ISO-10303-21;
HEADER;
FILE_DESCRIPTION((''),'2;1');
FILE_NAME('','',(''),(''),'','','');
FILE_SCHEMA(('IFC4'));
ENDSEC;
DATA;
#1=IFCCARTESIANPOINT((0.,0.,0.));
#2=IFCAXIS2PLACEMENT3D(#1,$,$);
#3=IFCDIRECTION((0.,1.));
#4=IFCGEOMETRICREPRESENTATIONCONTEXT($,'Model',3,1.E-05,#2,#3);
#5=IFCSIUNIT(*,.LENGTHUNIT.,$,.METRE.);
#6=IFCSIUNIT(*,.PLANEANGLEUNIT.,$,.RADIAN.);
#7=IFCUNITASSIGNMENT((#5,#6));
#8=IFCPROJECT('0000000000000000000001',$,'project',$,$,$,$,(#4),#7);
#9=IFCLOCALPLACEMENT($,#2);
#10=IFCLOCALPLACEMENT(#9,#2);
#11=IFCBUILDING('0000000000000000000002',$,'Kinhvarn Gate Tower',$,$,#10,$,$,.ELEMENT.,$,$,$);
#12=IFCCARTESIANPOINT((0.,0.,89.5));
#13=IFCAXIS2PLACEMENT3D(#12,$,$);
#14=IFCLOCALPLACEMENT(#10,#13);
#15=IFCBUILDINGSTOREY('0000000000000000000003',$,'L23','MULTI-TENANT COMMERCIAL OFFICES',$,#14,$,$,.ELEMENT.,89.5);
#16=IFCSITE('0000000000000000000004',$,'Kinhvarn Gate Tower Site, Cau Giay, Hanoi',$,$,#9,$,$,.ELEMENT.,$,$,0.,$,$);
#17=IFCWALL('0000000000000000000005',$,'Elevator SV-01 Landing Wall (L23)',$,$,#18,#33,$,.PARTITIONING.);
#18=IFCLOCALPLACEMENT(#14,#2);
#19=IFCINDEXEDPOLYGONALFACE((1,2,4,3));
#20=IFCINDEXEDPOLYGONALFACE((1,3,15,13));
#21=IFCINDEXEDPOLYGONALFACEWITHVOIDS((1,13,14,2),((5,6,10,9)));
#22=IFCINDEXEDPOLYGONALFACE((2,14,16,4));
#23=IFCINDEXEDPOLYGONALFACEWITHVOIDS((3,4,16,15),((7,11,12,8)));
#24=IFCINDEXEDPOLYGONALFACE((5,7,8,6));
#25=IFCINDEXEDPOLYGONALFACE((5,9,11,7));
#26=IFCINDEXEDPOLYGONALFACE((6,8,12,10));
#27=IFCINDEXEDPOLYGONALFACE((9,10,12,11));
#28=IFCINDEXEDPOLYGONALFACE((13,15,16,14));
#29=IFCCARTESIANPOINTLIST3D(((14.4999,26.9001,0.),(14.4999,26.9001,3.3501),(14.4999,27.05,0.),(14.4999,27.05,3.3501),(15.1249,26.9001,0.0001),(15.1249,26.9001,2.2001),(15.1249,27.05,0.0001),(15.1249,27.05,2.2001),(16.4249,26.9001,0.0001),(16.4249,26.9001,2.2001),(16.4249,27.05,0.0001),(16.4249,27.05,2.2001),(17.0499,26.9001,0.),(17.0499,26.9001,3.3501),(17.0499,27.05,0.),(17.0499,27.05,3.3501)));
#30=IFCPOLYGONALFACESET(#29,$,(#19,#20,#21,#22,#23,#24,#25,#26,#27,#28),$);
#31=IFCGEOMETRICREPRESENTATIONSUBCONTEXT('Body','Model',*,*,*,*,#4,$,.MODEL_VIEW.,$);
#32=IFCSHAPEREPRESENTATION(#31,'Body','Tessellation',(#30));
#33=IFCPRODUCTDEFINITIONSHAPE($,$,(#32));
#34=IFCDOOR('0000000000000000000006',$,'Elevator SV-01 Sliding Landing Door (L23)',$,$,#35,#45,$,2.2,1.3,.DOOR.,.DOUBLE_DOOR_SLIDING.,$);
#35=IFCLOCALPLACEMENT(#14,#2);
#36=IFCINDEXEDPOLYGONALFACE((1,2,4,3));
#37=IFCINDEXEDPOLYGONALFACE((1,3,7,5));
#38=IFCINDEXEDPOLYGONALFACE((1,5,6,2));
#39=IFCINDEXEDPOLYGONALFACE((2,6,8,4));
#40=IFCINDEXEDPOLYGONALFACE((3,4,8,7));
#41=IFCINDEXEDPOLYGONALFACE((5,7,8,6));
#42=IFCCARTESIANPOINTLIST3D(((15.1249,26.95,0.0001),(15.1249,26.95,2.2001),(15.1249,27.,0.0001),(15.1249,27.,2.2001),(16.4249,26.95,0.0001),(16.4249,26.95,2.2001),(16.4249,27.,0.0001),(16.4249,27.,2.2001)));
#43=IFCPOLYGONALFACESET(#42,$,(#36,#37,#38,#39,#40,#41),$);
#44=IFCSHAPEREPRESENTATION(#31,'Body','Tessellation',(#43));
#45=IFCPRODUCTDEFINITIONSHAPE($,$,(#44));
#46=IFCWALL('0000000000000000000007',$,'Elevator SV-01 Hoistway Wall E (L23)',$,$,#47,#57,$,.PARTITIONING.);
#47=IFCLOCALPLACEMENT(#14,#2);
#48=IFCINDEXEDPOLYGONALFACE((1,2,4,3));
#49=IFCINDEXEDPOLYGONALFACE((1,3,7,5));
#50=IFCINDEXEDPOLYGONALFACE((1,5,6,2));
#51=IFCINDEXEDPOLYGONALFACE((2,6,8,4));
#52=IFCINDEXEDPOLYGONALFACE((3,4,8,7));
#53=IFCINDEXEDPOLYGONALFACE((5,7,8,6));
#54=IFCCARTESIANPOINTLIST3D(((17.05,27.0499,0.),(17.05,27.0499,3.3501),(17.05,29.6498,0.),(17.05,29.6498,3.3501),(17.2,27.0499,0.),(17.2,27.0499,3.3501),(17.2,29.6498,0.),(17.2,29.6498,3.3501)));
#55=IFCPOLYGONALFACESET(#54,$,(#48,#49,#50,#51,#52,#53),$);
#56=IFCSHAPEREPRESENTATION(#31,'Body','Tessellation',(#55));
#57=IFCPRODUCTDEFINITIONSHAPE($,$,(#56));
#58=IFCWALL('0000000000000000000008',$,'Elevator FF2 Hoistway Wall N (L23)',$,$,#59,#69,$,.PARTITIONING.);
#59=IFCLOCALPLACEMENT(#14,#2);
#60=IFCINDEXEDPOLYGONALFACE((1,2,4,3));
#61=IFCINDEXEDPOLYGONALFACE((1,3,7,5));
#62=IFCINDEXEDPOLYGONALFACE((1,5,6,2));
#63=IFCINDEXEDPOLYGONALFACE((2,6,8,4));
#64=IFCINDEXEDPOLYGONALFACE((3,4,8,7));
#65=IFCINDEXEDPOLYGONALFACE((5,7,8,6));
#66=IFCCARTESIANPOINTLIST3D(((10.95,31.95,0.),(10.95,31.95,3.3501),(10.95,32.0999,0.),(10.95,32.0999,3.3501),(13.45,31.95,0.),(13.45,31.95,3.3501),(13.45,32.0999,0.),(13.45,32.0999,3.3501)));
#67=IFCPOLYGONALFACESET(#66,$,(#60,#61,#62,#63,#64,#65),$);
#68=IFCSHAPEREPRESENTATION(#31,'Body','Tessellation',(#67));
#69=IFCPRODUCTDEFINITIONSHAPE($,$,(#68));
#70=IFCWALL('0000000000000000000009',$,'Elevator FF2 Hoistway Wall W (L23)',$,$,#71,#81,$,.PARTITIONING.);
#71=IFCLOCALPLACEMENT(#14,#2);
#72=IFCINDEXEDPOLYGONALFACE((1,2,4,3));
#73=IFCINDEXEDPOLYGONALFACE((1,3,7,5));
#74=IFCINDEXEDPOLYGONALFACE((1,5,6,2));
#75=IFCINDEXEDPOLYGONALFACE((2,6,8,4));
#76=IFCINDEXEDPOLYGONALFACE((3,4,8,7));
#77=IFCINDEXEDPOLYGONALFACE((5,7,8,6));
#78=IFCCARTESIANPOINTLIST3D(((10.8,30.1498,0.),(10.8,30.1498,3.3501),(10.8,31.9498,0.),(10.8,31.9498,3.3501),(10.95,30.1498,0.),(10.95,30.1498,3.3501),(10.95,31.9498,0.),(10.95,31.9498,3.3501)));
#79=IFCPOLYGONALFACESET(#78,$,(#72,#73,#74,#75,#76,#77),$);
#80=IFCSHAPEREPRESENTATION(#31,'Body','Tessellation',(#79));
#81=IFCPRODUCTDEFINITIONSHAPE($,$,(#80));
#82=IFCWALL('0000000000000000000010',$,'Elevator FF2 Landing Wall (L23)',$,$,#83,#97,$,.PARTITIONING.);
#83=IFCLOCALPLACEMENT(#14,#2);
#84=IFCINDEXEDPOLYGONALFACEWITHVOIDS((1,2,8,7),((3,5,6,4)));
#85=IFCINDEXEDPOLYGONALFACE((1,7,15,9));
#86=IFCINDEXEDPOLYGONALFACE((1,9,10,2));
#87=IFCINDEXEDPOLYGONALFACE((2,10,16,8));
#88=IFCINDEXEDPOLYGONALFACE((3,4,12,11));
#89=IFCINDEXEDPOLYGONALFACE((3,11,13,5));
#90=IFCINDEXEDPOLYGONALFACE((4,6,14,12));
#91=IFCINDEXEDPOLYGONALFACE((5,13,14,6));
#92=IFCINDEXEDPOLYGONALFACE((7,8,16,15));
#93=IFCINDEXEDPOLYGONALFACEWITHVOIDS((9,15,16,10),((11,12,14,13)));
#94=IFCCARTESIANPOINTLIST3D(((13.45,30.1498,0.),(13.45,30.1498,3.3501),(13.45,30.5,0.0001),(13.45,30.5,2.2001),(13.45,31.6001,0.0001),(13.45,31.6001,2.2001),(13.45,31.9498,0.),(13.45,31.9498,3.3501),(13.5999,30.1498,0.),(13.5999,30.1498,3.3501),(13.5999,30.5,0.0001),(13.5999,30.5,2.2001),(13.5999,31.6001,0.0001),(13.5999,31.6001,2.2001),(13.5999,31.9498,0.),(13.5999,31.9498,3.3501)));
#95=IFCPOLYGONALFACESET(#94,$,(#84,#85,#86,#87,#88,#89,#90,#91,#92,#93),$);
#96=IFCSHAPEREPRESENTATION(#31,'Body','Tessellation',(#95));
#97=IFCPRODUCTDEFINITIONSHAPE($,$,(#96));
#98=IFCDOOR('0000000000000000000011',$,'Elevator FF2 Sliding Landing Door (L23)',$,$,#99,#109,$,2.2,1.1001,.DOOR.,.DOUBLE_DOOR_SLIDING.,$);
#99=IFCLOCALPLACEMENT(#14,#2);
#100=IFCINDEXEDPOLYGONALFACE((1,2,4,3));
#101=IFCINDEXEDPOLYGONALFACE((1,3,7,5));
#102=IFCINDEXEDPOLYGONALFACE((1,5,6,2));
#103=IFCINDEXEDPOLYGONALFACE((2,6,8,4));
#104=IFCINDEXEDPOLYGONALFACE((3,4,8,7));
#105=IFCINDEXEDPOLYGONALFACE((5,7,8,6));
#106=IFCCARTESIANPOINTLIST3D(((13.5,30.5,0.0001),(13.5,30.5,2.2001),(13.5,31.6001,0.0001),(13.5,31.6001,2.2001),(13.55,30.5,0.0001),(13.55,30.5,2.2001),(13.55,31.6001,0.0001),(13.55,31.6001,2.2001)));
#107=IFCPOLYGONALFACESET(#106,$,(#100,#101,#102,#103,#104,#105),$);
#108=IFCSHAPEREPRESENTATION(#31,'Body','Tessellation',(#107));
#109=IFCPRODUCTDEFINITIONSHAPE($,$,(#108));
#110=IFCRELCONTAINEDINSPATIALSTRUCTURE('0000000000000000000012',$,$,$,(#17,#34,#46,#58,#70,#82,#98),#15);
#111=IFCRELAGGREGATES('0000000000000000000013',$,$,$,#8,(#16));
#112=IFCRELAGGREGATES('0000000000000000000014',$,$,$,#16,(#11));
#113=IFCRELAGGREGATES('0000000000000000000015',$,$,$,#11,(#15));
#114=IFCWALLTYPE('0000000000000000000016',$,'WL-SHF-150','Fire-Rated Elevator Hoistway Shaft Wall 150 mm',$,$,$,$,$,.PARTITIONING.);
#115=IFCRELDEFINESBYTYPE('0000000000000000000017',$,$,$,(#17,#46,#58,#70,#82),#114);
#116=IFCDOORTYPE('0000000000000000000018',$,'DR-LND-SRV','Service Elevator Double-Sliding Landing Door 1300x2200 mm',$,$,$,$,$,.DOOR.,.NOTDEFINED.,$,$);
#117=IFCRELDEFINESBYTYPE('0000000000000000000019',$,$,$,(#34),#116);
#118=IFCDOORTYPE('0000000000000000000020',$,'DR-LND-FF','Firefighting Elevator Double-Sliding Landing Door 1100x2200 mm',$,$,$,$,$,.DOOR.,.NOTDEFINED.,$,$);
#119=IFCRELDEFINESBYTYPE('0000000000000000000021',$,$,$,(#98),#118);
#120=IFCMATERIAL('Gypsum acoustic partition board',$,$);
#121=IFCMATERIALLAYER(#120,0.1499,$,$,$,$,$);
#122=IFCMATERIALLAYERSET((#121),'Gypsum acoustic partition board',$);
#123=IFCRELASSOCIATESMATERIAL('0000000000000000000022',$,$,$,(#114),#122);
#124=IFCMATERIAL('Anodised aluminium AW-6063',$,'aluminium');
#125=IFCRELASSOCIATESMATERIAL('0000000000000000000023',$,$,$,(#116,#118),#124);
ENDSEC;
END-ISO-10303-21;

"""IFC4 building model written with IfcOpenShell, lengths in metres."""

from ifc_helpers import new_model, si_unit, direction, frame, frame_2d, origin, place, context, subcontext, project, spatial, rectangle, extrude, material, layer, layer_set, type_object, element, fill, save


model = new_model("IFC4")

# Units and contexts
model_context = context("Model", 3, precision=1e-05, world=origin(), true_north=direction((0.0, 1.0)))
body_context = subcontext(model_context, "Body", "Model", "MODEL_VIEW")
ifc_project = project(units=[si_unit("LENGTHUNIT", "METRE"), si_unit("PLANEANGLEUNIT", "RADIAN")], contexts=[model_context])

# Site, building, storey
site_placement = place(None, origin())
site = spatial("IfcSite", under=ifc_project, at=site_placement, Name="Kinhvarn Gate Tower Site, Cau Giay, Hanoi", CompositionType="ELEMENT", RefElevation=0.0)
building_placement = place(site_placement, origin())
building = spatial("IfcBuilding", under=site, at=building_placement, Name="Kinhvarn Gate Tower", CompositionType="ELEMENT")
storey_placement = place(building_placement, frame((0.0, 0.0, 89.5)))
storey = spatial("IfcBuildingStorey", under=building, at=storey_placement, Name="L23", Description="MULTI-TENANT COMMERCIAL OFFICES", CompositionType="ELEMENT", Elevation=89.5)

# Shared definitions
ifc_material_1 = material(Name="Gypsum acoustic partition board")

# Shared definitions
ifc_material_2 = material(Name="Anodised aluminium AW-6063", Category="aluminium")

# Shared definitions
ifc_layer_1 = layer(ifc_material_1, 0.1499)
ifc_layer_set_1 = layer_set([ifc_layer_1], Name="Gypsum acoustic partition board")
wall_type_1 = type_object("IfcWallType", Name="WL-SHF-150", Description="Fire-Rated Elevator Hoistway Shaft Wall 150 mm", PredefinedType="PARTITIONING", material=ifc_layer_set_1)

# Wall, opening, door
wall_1_placement = place(storey_placement, frame((14.5, 26.9751, 0.0), z_axis=(0.0, 0.0, 1.0), x_axis=(1.0, 0.0, 0.0)))
wall_1 = element("IfcWall", 1, at=wall_1_placement, inside=storey, type_object=wall_type_1, Name="Elevator SV-01 Landing Wall (L23)", PredefinedType="PARTITIONING", context=body_context, shape_type="SweptSolid", body=[
    extrude(rectangle(XDim=2.55, YDim=0.1499, at=frame_2d((1.2749, 0.0))), origin(), (0.0, 0.0, 1.0), 3.3501),
])
opening_1_placement = place(wall_1_placement, frame((0.625, 0.0, 0.0)))
opening_1 = element("IfcOpeningElement", 2, at=opening_1_placement, cuts=wall_1, PredefinedType="OPENING", context=body_context, shape_type="SweptSolid", body=[
    extrude(rectangle(XDim=1.3, YDim=2.2, at=frame_2d((0.6499, 1.1001))), frame((0.0, 0.085, 0.0), z_axis=(0.0, -1.0, 0.0), x_axis=(1.0, 0.0, 0.0)), (0.0, 0.0, 1.0), 0.1699),
])
door_type_1 = type_object("IfcDoorType", Name="DR-LND-SRV", Description="Service Elevator Double-Sliding Landing Door 1300x2200 mm", OperationType="NOTDEFINED", PredefinedType="DOOR", material=ifc_material_2)
door_1_placement = place(opening_1_placement, origin())
door_1 = element("IfcDoor", 3, at=door_1_placement, inside=storey, type_object=door_type_1, Name="Elevator SV-01 Sliding Landing Door (L23)", OperationType="DOUBLE_DOOR_SLIDING", OverallHeight=2.2, OverallWidth=1.3, PredefinedType="DOOR", context=body_context, shape_type="SweptSolid", body=[
    extrude(rectangle(XDim=1.3, YDim=2.2, at=frame_2d((0.6499, 1.1001))), frame((0.0, 0.0249, 0.0), z_axis=(0.0, -1.0, 0.0), x_axis=(1.0, 0.0, 0.0)), (0.0, 0.0, 1.0), 0.05),
])
fill(opening_1, door_1)

# Walls
wall_2_placement = place(storey_placement, frame((17.125, 27.05, 0.0), z_axis=(0.0, 0.0, 1.0), x_axis=(0.0, 1.0, 0.0)))
element("IfcWall", 4, at=wall_2_placement, inside=storey, type_object=wall_type_1, Name="Elevator SV-01 Hoistway Wall E (L23)", PredefinedType="PARTITIONING", context=body_context, shape_type="SweptSolid", body=[
    extrude(rectangle(XDim=2.5999, YDim=0.1499, at=frame_2d((1.2998, 0.0))), origin(), (0.0, 0.0, 1.0), 3.3501),
])
wall_3_placement = place(storey_placement, frame((10.95, 32.0249, 0.0), z_axis=(0.0, 0.0, 1.0), x_axis=(1.0, 0.0, 0.0)))
element("IfcWall", 5, at=wall_3_placement, inside=storey, type_object=wall_type_1, Name="Elevator FF2 Hoistway Wall N (L23)", PredefinedType="PARTITIONING", context=body_context, shape_type="SweptSolid", body=[
    extrude(rectangle(XDim=2.5, YDim=0.1499, at=frame_2d((1.25, 0.0))), origin(), (0.0, 0.0, 1.0), 3.3501),
])
wall_4_placement = place(storey_placement, frame((10.875, 30.1499, 0.0), z_axis=(0.0, 0.0, 1.0), x_axis=(0.0, 1.0, 0.0)))
element("IfcWall", 6, at=wall_4_placement, inside=storey, type_object=wall_type_1, Name="Elevator FF2 Hoistway Wall W (L23)", PredefinedType="PARTITIONING", context=body_context, shape_type="SweptSolid", body=[
    extrude(rectangle(XDim=1.8, YDim=0.1499, at=frame_2d((0.8999, 0.0))), origin(), (0.0, 0.0, 1.0), 3.3501),
])

# Wall, opening, door
wall_5_placement = place(storey_placement, frame((13.5249, 30.1499, 0.0), z_axis=(0.0, 0.0, 1.0), x_axis=(0.0, 1.0, 0.0)))
wall_5 = element("IfcWall", 7, at=wall_5_placement, inside=storey, type_object=wall_type_1, Name="Elevator FF2 Landing Wall (L23)", PredefinedType="PARTITIONING", context=body_context, shape_type="SweptSolid", body=[
    extrude(rectangle(XDim=1.8, YDim=0.1499, at=frame_2d((0.8999, 0.0))), origin(), (0.0, 0.0, 1.0), 3.3501),
])
opening_2_placement = place(wall_5_placement, frame((0.3501, 0.0, 0.0)))
opening_2 = element("IfcOpeningElement", 8, at=opening_2_placement, cuts=wall_5, PredefinedType="OPENING", context=body_context, shape_type="SweptSolid", body=[
    extrude(rectangle(XDim=1.1001, YDim=2.2, at=frame_2d((0.55, 1.1001))), frame((0.0, 0.085, 0.0), z_axis=(0.0, -1.0, 0.0), x_axis=(1.0, 0.0, 0.0)), (0.0, 0.0, 1.0), 0.1699),
])
door_type_2 = type_object("IfcDoorType", Name="DR-LND-FF", Description="Firefighting Elevator Double-Sliding Landing Door 1100x2200 mm", OperationType="NOTDEFINED", PredefinedType="DOOR", material=ifc_material_2)
door_2_placement = place(opening_2_placement, origin())
door_2 = element("IfcDoor", 9, at=door_2_placement, inside=storey, type_object=door_type_2, Name="Elevator FF2 Sliding Landing Door (L23)", OperationType="DOUBLE_DOOR_SLIDING", OverallHeight=2.2, OverallWidth=1.1001, PredefinedType="DOOR", context=body_context, shape_type="SweptSolid", body=[
    extrude(rectangle(XDim=1.1001, YDim=2.2, at=frame_2d((0.55, 1.1001))), frame((0.0, 0.0249, 0.0), z_axis=(0.0, -1.0, 0.0), x_axis=(1.0, 0.0, 0.0)), (0.0, 0.0, 1.0), 0.05),
])
fill(opening_2, door_2)

save(model, "model.ifc")
